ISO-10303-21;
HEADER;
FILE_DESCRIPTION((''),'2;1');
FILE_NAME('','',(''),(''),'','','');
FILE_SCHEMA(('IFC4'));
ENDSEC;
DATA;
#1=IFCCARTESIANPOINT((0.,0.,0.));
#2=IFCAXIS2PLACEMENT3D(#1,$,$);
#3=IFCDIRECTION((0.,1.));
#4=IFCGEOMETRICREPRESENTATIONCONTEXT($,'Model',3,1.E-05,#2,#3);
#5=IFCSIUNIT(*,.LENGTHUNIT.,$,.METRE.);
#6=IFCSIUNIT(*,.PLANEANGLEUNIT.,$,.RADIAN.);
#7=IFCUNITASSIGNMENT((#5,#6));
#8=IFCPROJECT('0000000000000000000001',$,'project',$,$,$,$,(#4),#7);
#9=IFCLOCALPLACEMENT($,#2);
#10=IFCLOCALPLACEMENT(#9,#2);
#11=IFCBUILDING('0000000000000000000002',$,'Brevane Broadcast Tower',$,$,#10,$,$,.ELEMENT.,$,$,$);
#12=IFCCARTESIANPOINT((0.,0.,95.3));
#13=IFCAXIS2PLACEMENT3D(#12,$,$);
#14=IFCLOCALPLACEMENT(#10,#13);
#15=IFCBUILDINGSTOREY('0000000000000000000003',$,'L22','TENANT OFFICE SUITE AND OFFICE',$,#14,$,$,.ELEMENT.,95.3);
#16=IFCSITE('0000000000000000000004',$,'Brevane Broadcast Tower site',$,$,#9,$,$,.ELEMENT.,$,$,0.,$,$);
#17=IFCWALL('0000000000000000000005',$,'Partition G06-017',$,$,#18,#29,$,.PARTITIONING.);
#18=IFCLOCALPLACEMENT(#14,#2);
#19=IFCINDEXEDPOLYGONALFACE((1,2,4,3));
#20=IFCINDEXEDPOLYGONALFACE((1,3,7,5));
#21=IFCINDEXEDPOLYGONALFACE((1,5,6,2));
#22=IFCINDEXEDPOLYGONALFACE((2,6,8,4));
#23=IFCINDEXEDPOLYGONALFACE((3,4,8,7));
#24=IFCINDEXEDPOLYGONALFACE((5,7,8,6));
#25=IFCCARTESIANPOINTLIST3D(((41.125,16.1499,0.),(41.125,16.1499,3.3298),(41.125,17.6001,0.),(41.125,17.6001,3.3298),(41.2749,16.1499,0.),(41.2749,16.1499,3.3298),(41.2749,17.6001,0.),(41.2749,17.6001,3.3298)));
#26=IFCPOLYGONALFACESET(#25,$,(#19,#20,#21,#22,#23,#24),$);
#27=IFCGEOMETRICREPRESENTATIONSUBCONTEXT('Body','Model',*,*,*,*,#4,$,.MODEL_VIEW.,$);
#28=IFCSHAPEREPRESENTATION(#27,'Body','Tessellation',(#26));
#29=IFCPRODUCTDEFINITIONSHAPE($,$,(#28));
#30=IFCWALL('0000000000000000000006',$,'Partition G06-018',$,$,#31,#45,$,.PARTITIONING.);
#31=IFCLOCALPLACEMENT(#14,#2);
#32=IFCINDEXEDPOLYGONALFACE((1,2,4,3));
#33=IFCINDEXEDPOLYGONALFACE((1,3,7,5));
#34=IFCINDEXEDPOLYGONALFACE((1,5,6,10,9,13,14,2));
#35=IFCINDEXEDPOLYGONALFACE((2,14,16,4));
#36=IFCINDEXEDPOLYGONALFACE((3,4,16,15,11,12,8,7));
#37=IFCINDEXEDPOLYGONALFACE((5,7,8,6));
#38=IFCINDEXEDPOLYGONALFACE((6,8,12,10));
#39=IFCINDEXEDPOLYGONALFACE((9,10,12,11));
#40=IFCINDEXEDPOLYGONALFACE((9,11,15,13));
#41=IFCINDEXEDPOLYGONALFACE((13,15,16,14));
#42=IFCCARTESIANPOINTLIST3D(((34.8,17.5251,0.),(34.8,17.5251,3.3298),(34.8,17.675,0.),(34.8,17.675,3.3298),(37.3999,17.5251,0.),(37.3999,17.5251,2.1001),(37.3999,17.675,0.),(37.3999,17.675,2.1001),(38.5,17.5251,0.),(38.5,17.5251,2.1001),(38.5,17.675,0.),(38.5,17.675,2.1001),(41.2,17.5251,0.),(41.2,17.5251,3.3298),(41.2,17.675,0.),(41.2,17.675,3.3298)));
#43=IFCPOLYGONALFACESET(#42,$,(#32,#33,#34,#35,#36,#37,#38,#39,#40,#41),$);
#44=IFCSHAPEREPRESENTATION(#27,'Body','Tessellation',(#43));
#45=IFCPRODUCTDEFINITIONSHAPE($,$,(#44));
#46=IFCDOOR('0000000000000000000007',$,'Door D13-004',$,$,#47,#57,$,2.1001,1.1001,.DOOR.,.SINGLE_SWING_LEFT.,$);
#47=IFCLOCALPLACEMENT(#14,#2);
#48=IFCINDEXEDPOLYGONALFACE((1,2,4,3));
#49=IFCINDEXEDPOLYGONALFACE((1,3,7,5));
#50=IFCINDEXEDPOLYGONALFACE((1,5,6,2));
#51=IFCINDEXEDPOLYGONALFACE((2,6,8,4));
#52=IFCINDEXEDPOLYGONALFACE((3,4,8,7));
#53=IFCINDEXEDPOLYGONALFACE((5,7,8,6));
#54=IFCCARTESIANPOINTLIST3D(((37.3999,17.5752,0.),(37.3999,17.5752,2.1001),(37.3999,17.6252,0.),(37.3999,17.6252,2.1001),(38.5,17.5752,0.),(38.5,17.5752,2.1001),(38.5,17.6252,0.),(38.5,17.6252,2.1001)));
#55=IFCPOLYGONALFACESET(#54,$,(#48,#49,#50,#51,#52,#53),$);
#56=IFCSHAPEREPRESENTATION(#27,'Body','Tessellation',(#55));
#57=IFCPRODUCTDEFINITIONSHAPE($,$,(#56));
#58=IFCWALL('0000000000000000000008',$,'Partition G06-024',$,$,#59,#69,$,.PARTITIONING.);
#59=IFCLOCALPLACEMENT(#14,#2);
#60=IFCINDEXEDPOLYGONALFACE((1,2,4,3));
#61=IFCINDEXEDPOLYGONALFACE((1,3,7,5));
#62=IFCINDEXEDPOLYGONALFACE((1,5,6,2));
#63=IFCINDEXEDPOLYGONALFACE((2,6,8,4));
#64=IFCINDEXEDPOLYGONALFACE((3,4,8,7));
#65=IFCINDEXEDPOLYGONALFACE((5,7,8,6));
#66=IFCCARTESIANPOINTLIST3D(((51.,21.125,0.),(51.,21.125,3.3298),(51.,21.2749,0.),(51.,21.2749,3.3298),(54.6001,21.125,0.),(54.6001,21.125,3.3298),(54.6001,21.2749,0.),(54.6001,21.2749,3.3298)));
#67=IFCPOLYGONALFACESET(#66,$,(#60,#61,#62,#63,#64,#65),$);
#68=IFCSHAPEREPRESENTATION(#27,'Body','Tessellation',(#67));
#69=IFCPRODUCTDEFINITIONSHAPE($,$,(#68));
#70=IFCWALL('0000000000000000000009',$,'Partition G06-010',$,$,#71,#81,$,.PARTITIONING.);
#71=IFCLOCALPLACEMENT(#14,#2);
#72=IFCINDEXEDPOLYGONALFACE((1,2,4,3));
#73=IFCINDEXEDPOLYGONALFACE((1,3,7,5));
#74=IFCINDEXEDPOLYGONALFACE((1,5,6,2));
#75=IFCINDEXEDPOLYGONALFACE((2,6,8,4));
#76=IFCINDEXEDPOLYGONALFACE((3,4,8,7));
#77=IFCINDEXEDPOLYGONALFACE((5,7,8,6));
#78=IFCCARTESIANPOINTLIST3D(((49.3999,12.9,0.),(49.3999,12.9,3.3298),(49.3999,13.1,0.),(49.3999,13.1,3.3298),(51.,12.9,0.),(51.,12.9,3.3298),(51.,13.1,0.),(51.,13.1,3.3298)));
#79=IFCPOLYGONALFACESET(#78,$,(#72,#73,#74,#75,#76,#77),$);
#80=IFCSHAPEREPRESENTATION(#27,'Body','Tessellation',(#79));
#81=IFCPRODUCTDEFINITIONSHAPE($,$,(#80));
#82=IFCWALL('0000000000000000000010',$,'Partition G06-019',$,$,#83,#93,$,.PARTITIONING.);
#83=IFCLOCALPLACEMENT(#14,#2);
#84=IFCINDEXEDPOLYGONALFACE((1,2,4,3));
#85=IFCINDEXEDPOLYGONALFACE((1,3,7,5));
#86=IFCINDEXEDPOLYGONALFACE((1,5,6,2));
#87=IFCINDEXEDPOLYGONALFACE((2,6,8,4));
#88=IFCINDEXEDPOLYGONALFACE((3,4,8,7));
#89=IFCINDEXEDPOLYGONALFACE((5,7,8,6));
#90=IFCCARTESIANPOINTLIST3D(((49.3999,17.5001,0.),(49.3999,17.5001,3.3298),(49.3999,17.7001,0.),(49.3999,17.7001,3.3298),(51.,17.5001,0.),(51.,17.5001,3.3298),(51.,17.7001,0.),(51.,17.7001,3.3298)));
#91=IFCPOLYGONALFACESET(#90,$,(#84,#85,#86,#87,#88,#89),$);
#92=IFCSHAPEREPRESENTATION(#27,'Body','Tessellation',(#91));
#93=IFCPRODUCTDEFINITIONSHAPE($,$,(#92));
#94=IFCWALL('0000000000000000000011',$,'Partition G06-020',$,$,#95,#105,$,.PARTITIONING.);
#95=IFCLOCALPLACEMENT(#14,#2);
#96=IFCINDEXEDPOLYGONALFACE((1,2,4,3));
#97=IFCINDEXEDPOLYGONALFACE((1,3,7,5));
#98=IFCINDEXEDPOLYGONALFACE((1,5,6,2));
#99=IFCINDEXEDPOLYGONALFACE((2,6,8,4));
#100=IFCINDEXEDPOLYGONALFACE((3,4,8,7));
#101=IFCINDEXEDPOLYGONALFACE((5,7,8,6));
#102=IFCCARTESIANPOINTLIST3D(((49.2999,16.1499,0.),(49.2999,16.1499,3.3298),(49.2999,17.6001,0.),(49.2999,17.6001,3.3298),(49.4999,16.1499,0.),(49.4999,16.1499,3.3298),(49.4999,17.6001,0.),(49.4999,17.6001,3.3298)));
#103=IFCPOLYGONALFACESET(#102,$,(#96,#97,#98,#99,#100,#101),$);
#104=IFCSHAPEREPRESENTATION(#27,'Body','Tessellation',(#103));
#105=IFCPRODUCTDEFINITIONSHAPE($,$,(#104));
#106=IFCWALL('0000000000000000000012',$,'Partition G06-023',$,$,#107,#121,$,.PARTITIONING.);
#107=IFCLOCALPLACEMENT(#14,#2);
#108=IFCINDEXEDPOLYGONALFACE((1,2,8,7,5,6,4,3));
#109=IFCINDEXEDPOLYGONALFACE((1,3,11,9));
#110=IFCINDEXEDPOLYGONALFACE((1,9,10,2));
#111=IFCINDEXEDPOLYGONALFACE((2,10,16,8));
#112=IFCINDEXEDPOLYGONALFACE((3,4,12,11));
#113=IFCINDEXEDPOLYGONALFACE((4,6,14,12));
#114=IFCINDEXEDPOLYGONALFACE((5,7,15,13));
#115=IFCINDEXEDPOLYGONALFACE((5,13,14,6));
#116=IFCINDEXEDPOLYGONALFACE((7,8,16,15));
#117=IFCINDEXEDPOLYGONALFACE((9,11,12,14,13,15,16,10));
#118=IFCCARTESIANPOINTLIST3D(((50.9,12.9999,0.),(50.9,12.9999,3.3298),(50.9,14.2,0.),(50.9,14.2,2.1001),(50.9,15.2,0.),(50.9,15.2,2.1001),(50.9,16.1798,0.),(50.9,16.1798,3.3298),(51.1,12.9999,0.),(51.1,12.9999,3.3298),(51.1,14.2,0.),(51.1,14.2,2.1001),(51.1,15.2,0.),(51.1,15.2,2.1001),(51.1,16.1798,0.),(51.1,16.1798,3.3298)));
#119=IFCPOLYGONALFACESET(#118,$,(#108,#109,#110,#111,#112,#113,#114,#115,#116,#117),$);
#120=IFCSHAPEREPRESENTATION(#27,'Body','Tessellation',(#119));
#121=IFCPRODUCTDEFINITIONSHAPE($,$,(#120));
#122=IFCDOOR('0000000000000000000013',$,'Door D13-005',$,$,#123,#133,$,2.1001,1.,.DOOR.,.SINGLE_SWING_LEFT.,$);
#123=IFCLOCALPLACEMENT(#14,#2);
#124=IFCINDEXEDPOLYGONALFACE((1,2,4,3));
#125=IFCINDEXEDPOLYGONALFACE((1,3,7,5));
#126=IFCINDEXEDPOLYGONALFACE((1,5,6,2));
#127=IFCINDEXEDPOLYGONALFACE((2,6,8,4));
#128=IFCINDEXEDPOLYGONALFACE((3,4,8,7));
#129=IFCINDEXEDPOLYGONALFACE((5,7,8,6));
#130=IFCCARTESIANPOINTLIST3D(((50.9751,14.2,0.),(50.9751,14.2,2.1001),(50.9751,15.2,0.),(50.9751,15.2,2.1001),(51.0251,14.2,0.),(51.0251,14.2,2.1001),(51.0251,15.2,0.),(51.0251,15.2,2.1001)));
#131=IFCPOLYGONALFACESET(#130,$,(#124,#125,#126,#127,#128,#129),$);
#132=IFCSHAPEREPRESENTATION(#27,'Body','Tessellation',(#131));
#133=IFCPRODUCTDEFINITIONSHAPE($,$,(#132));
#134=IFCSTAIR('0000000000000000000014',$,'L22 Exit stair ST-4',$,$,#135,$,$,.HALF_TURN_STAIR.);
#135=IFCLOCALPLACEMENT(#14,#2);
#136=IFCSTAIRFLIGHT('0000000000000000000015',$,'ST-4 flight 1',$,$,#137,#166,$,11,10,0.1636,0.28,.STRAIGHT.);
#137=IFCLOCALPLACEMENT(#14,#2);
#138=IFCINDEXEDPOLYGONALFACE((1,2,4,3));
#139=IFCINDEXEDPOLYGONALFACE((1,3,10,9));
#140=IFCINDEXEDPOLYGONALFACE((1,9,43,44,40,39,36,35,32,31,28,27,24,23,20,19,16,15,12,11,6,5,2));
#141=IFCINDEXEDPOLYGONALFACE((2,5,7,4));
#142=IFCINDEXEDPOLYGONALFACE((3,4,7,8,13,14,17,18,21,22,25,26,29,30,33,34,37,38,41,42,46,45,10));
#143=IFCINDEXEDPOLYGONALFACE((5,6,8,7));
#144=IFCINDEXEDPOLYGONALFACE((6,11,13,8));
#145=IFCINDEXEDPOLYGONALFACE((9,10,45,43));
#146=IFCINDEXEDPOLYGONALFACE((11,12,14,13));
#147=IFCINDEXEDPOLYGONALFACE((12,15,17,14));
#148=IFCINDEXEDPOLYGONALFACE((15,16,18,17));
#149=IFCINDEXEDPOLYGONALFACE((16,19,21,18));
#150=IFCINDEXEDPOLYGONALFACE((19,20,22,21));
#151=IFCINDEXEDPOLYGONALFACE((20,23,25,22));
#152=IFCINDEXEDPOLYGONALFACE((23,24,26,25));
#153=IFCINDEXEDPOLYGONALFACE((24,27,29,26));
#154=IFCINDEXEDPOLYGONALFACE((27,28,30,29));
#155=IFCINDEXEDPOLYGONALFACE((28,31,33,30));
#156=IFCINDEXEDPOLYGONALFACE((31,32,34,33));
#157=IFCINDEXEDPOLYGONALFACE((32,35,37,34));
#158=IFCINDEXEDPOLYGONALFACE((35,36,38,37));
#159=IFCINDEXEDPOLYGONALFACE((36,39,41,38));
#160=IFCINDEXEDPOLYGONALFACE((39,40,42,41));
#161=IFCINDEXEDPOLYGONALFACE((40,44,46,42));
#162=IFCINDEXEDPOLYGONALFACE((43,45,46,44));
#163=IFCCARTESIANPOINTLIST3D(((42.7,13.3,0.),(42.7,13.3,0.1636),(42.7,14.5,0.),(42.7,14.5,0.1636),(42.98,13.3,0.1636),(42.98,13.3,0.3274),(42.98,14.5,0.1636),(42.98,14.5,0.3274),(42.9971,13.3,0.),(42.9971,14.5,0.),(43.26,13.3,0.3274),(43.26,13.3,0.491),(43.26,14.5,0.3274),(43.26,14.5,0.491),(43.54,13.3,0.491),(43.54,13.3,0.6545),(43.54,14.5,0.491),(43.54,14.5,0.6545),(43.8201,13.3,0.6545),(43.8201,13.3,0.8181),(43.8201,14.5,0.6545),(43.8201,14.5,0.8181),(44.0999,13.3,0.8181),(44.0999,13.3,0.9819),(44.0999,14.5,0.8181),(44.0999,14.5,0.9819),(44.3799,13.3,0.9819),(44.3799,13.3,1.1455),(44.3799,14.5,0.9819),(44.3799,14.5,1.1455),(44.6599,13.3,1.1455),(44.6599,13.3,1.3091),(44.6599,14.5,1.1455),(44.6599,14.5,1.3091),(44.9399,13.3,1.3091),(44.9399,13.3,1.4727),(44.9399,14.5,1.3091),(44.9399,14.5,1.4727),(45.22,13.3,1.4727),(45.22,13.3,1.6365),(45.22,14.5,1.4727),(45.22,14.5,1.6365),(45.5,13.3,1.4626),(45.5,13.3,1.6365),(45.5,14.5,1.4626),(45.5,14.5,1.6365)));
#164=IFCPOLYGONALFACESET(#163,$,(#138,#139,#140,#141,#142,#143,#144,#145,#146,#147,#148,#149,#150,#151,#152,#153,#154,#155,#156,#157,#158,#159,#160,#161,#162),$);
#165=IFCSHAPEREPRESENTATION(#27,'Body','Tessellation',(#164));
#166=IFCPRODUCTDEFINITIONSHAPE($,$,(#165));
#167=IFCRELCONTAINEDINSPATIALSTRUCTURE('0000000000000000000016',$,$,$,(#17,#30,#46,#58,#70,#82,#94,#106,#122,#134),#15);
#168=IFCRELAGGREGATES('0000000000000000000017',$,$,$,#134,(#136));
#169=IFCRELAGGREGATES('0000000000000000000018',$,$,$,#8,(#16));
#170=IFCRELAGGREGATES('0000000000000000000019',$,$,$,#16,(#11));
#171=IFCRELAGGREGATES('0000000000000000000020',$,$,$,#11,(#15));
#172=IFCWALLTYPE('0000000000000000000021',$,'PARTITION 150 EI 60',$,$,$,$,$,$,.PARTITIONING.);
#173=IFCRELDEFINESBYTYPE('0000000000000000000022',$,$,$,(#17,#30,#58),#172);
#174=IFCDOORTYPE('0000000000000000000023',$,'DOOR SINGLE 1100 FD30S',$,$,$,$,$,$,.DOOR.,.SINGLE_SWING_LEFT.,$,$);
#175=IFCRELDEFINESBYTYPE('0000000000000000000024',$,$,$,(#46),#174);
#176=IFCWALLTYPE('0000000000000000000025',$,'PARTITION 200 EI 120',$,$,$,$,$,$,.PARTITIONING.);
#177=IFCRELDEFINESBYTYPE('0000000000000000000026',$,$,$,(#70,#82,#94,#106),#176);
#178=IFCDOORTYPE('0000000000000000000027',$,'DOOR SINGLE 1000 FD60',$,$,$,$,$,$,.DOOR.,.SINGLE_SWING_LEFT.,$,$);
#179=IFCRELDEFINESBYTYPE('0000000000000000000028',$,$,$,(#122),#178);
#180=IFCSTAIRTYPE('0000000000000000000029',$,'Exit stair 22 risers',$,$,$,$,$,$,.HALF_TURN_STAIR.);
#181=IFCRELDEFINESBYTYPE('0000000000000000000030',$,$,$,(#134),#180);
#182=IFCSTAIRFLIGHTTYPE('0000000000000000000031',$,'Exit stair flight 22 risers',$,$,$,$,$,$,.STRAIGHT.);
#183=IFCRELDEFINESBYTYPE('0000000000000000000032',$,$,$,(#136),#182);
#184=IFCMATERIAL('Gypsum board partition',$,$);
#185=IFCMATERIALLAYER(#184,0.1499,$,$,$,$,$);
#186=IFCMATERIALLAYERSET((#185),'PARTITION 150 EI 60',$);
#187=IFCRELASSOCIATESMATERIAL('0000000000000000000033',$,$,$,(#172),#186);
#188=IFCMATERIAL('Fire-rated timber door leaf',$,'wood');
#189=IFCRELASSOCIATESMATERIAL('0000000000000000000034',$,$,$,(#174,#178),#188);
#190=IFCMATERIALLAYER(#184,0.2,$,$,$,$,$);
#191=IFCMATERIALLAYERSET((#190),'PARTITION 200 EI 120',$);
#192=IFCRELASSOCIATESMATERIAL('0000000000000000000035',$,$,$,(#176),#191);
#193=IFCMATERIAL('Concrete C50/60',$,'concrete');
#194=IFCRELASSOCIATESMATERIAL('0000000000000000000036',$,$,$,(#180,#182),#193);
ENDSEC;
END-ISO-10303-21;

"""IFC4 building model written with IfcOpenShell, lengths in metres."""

from ifc_helpers import new_model, si_unit, direction, frame, frame_2d, origin, place, context, subcontext, project, spatial, polyline, rectangle, outline, extrude, material, layer, layer_set, type_object, element, fill, aggregate, save


model = new_model("IFC4")

# Units and contexts
model_context = context("Model", 3, precision=1e-05, world=origin(), true_north=direction((0.0, 1.0)))
body_context = subcontext(model_context, "Body", "Model", "MODEL_VIEW")
ifc_project = project(units=[si_unit("LENGTHUNIT", "METRE"), si_unit("PLANEANGLEUNIT", "RADIAN")], contexts=[model_context])

# Site, building, storey
site_placement = place(None, origin())
site = spatial("IfcSite", under=ifc_project, at=site_placement, Name="Brevane Broadcast Tower site", CompositionType="ELEMENT", RefElevation=0.0)
building_placement = place(site_placement, origin())
building = spatial("IfcBuilding", under=site, at=building_placement, Name="Brevane Broadcast Tower", CompositionType="ELEMENT")
storey_placement = place(building_placement, frame((0.0, 0.0, 95.3)))
storey = spatial("IfcBuildingStorey", under=building, at=storey_placement, Name="L22", Description="TENANT OFFICE SUITE AND OFFICE", CompositionType="ELEMENT", Elevation=95.3)

# Wall
ifc_material_1 = material(Name="Gypsum board partition")
ifc_layer_1 = layer(ifc_material_1, 0.1499)
ifc_layer_set_1 = layer_set([ifc_layer_1], Name="PARTITION 150 EI 60")
wall_type_1 = type_object("IfcWallType", Name="PARTITION 150 EI 60", PredefinedType="PARTITIONING", material=ifc_layer_set_1)
wall_1_placement = place(storey_placement, frame((41.2, 16.1499, 0.0), z_axis=(0.0, 0.0, 1.0), x_axis=(0.0, 1.0, 0.0)))
element("IfcWall", 1, at=wall_1_placement, inside=storey, type_object=wall_type_1, Name="Partition G06-017", PredefinedType="PARTITIONING", context=body_context, shape_type="SweptSolid", body=[
    extrude(rectangle(XDim=1.4502, YDim=0.1499, at=frame_2d((0.7251, 0.0))), origin(), (0.0, 0.0, 1.0), 3.3298),
])

# Wall, opening, door
wall_2_placement = place(storey_placement, frame((41.2, 17.6001, 0.0), z_axis=(0.0, 0.0, 1.0), x_axis=(-1.0, 0.0, 0.0)))
wall_2 = element("IfcWall", 2, at=wall_2_placement, inside=storey, type_object=wall_type_1, Name="Partition G06-018", PredefinedType="PARTITIONING", context=body_context, shape_type="SweptSolid", body=[
    extrude(rectangle(XDim=6.3999, YDim=0.1499, at=frame_2d((3.2, 0.0))), origin(), (0.0, 0.0, 1.0), 3.3298),
])
opening_1_placement = place(wall_2_placement, frame((2.7, 0.0, 0.0)))
opening_1 = element("IfcOpeningElement", 3, at=opening_1_placement, cuts=wall_2, PredefinedType="OPENING", context=body_context, shape_type="SweptSolid", body=[
    extrude(rectangle(XDim=1.1001, YDim=2.1001, at=frame_2d((0.55, 1.05))), frame((0.0, 0.085, 0.0), z_axis=(0.0, -1.0, 0.0), x_axis=(1.0, 0.0, 0.0)), (0.0, 0.0, 1.0), 0.1699),
])
ifc_material_2 = material(Name="Fire-rated timber door leaf", Category="wood")
door_type_1 = type_object("IfcDoorType", Name="DOOR SINGLE 1100 FD30S", OperationType="SINGLE_SWING_LEFT", PredefinedType="DOOR", material=ifc_material_2)
door_1_placement = place(opening_1_placement, origin())
door_1 = element("IfcDoor", 4, at=door_1_placement, inside=storey, type_object=door_type_1, Name="Door D13-004", OperationType="SINGLE_SWING_LEFT", OverallHeight=2.1001, OverallWidth=1.1001, PredefinedType="DOOR", context=body_context, shape_type="SweptSolid", body=[
    extrude(rectangle(XDim=1.1001, YDim=2.1001, at=frame_2d((0.55, 1.05))), frame((0.0, 0.0249, 0.0), z_axis=(0.0, -1.0, 0.0), x_axis=(1.0, 0.0, 0.0)), (0.0, 0.0, 1.0), 0.05),
])
fill(opening_1, door_1)

# Walls
wall_3_placement = place(storey_placement, frame((51.0, 21.2, 0.0), z_axis=(0.0, 0.0, 1.0), x_axis=(1.0, 0.0, 0.0)))
element("IfcWall", 5, at=wall_3_placement, inside=storey, type_object=wall_type_1, Name="Partition G06-024", PredefinedType="PARTITIONING", context=body_context, shape_type="SweptSolid", body=[
    extrude(rectangle(XDim=3.6001, YDim=0.1499, at=frame_2d((1.8, 0.0))), origin(), (0.0, 0.0, 1.0), 3.3298),
])
ifc_layer_2 = layer(ifc_material_1, 0.2)
ifc_layer_set_2 = layer_set([ifc_layer_2], Name="PARTITION 200 EI 120")
wall_type_2 = type_object("IfcWallType", Name="PARTITION 200 EI 120", PredefinedType="PARTITIONING", material=ifc_layer_set_2)
for number, where, z_axis, x_axis, name in (
    (6, (49.3999, 13.0, 0.0), (0.0, 0.0, 1.0), (1.0, 0.0, 0.0), "Partition G06-010"),
    (7, (51.0, 17.6001, 0.0), (0.0, 0.0, 1.0), (-1.0, 0.0, 0.0), "Partition G06-019"),
):
    element("IfcWall", number, at=place(storey_placement, frame(where, z_axis=z_axis, x_axis=x_axis)), inside=storey, type_object=wall_type_2, Name=name, PredefinedType="PARTITIONING", context=body_context, shape_type="SweptSolid", body=[
        extrude(rectangle(XDim=1.6001, YDim=0.2, at=frame_2d((0.8, 0.0))), origin(), (0.0, 0.0, 1.0), 3.3298),
    ])
wall_4_placement = place(storey_placement, frame((49.3999, 17.6001, 0.0), z_axis=(0.0, 0.0, 1.0), x_axis=(0.0, -1.0, 0.0)))
element("IfcWall", 8, at=wall_4_placement, inside=storey, type_object=wall_type_2, Name="Partition G06-020", PredefinedType="PARTITIONING", context=body_context, shape_type="SweptSolid", body=[
    extrude(rectangle(XDim=1.4502, YDim=0.2, at=frame_2d((0.7251, 0.0))), origin(), (0.0, 0.0, 1.0), 3.3298),
])

# Wall, opening, door
wall_5_placement = place(storey_placement, frame((51.0, 13.0, 0.0), z_axis=(0.0, 0.0, 1.0), x_axis=(0.0, 1.0, 0.0)))
wall_5 = element("IfcWall", 9, at=wall_5_placement, inside=storey, type_object=wall_type_2, Name="Partition G06-023", PredefinedType="PARTITIONING", context=body_context, shape_type="SweptSolid", body=[
    extrude(rectangle(XDim=3.1799, YDim=0.2, at=frame_2d((1.5898, 0.0))), origin(), (0.0, 0.0, 1.0), 3.3298),
])
opening_2_placement = place(wall_5_placement, frame((1.2, 0.0, 0.0)))
opening_2 = element("IfcOpeningElement", 10, at=opening_2_placement, cuts=wall_5, PredefinedType="OPENING", context=body_context, shape_type="SweptSolid", body=[
    extrude(rectangle(XDim=1.0, YDim=2.1001, at=frame_2d((0.5, 1.05))), frame((0.0, 0.1099, 0.0), z_axis=(0.0, -1.0, 0.0), x_axis=(1.0, 0.0, 0.0)), (0.0, 0.0, 1.0), 0.22),
])
door_type_2 = type_object("IfcDoorType", Name="DOOR SINGLE 1000 FD60", OperationType="SINGLE_SWING_LEFT", PredefinedType="DOOR", material=ifc_material_2)
door_2_placement = place(opening_2_placement, origin())
door_2 = element("IfcDoor", 11, at=door_2_placement, inside=storey, type_object=door_type_2, Name="Door D13-005", OperationType="SINGLE_SWING_LEFT", OverallHeight=2.1001, OverallWidth=1.0, PredefinedType="DOOR", context=body_context, shape_type="SweptSolid", body=[
    extrude(rectangle(XDim=1.0, YDim=2.1001, at=frame_2d((0.5, 1.05))), frame((0.0, 0.0249, 0.0), z_axis=(0.0, -1.0, 0.0), x_axis=(1.0, 0.0, 0.0)), (0.0, 0.0, 1.0), 0.05),
])
fill(opening_2, door_2)

# Stair, stair flight
ifc_material_3 = material(Name="Concrete C50/60", Category="concrete")
stair_type = type_object("IfcStairType", Name="Exit stair 22 risers", PredefinedType="HALF_TURN_STAIR", material=ifc_material_3)
stair_placement = place(storey_placement, origin())
stair = element("IfcStair", 12, at=stair_placement, inside=storey, type_object=stair_type, Name="L22 Exit stair ST-4", PredefinedType="HALF_TURN_STAIR")
stair_flight_type = type_object("IfcStairFlightType", Name="Exit stair flight 22 risers", PredefinedType="STRAIGHT", material=ifc_material_3)
stair_flight_1_placement = place(storey_placement, frame((42.7, 13.8999, 0.0), z_axis=(0.0, 0.0, 1.0), x_axis=(1.0, 0.0, 0.0)))
stair_flight_1 = element("IfcStairFlight", 13, at=stair_flight_1_placement, type_object=stair_flight_type, Name="ST-4 flight 1", NumberOfRisers=11, NumberOfTreads=10, PredefinedType="STRAIGHT", RiserHeight=0.1636, TreadLength=0.28, context=body_context, shape_type="SweptSolid", body=[
    extrude(outline(polyline([(0.0, 0.0), (0.0, 0.1636), (0.28, 0.1636), (0.28, 0.3274), (0.5601, 0.3274), (0.5601, 0.491), (0.8401, 0.491), (0.8401, 0.6545), (1.1201, 0.6545), (1.1201, 0.8181), (1.3999, 0.8181), (1.3999, 0.9819), (1.6799, 0.9819), (1.6799, 1.1455), (1.96, 1.1455), (1.96, 1.3091), (2.24, 1.3091), (2.24, 1.4727), (2.52, 1.4727), (2.52, 1.6365), (2.8, 1.6365), (2.8, 1.8), (2.8, 1.4626), (0.2971, 0.0), (0.0, 0.0)])), frame((0.0, 0.6001, 0.0), z_axis=(0.0, -1.0, 0.0), x_axis=(1.0, 0.0, 0.0)), (0.0, 0.0, 1.0), 1.2),
])
aggregate(stair, [stair_flight_1])

save(model, "model.ifc")
